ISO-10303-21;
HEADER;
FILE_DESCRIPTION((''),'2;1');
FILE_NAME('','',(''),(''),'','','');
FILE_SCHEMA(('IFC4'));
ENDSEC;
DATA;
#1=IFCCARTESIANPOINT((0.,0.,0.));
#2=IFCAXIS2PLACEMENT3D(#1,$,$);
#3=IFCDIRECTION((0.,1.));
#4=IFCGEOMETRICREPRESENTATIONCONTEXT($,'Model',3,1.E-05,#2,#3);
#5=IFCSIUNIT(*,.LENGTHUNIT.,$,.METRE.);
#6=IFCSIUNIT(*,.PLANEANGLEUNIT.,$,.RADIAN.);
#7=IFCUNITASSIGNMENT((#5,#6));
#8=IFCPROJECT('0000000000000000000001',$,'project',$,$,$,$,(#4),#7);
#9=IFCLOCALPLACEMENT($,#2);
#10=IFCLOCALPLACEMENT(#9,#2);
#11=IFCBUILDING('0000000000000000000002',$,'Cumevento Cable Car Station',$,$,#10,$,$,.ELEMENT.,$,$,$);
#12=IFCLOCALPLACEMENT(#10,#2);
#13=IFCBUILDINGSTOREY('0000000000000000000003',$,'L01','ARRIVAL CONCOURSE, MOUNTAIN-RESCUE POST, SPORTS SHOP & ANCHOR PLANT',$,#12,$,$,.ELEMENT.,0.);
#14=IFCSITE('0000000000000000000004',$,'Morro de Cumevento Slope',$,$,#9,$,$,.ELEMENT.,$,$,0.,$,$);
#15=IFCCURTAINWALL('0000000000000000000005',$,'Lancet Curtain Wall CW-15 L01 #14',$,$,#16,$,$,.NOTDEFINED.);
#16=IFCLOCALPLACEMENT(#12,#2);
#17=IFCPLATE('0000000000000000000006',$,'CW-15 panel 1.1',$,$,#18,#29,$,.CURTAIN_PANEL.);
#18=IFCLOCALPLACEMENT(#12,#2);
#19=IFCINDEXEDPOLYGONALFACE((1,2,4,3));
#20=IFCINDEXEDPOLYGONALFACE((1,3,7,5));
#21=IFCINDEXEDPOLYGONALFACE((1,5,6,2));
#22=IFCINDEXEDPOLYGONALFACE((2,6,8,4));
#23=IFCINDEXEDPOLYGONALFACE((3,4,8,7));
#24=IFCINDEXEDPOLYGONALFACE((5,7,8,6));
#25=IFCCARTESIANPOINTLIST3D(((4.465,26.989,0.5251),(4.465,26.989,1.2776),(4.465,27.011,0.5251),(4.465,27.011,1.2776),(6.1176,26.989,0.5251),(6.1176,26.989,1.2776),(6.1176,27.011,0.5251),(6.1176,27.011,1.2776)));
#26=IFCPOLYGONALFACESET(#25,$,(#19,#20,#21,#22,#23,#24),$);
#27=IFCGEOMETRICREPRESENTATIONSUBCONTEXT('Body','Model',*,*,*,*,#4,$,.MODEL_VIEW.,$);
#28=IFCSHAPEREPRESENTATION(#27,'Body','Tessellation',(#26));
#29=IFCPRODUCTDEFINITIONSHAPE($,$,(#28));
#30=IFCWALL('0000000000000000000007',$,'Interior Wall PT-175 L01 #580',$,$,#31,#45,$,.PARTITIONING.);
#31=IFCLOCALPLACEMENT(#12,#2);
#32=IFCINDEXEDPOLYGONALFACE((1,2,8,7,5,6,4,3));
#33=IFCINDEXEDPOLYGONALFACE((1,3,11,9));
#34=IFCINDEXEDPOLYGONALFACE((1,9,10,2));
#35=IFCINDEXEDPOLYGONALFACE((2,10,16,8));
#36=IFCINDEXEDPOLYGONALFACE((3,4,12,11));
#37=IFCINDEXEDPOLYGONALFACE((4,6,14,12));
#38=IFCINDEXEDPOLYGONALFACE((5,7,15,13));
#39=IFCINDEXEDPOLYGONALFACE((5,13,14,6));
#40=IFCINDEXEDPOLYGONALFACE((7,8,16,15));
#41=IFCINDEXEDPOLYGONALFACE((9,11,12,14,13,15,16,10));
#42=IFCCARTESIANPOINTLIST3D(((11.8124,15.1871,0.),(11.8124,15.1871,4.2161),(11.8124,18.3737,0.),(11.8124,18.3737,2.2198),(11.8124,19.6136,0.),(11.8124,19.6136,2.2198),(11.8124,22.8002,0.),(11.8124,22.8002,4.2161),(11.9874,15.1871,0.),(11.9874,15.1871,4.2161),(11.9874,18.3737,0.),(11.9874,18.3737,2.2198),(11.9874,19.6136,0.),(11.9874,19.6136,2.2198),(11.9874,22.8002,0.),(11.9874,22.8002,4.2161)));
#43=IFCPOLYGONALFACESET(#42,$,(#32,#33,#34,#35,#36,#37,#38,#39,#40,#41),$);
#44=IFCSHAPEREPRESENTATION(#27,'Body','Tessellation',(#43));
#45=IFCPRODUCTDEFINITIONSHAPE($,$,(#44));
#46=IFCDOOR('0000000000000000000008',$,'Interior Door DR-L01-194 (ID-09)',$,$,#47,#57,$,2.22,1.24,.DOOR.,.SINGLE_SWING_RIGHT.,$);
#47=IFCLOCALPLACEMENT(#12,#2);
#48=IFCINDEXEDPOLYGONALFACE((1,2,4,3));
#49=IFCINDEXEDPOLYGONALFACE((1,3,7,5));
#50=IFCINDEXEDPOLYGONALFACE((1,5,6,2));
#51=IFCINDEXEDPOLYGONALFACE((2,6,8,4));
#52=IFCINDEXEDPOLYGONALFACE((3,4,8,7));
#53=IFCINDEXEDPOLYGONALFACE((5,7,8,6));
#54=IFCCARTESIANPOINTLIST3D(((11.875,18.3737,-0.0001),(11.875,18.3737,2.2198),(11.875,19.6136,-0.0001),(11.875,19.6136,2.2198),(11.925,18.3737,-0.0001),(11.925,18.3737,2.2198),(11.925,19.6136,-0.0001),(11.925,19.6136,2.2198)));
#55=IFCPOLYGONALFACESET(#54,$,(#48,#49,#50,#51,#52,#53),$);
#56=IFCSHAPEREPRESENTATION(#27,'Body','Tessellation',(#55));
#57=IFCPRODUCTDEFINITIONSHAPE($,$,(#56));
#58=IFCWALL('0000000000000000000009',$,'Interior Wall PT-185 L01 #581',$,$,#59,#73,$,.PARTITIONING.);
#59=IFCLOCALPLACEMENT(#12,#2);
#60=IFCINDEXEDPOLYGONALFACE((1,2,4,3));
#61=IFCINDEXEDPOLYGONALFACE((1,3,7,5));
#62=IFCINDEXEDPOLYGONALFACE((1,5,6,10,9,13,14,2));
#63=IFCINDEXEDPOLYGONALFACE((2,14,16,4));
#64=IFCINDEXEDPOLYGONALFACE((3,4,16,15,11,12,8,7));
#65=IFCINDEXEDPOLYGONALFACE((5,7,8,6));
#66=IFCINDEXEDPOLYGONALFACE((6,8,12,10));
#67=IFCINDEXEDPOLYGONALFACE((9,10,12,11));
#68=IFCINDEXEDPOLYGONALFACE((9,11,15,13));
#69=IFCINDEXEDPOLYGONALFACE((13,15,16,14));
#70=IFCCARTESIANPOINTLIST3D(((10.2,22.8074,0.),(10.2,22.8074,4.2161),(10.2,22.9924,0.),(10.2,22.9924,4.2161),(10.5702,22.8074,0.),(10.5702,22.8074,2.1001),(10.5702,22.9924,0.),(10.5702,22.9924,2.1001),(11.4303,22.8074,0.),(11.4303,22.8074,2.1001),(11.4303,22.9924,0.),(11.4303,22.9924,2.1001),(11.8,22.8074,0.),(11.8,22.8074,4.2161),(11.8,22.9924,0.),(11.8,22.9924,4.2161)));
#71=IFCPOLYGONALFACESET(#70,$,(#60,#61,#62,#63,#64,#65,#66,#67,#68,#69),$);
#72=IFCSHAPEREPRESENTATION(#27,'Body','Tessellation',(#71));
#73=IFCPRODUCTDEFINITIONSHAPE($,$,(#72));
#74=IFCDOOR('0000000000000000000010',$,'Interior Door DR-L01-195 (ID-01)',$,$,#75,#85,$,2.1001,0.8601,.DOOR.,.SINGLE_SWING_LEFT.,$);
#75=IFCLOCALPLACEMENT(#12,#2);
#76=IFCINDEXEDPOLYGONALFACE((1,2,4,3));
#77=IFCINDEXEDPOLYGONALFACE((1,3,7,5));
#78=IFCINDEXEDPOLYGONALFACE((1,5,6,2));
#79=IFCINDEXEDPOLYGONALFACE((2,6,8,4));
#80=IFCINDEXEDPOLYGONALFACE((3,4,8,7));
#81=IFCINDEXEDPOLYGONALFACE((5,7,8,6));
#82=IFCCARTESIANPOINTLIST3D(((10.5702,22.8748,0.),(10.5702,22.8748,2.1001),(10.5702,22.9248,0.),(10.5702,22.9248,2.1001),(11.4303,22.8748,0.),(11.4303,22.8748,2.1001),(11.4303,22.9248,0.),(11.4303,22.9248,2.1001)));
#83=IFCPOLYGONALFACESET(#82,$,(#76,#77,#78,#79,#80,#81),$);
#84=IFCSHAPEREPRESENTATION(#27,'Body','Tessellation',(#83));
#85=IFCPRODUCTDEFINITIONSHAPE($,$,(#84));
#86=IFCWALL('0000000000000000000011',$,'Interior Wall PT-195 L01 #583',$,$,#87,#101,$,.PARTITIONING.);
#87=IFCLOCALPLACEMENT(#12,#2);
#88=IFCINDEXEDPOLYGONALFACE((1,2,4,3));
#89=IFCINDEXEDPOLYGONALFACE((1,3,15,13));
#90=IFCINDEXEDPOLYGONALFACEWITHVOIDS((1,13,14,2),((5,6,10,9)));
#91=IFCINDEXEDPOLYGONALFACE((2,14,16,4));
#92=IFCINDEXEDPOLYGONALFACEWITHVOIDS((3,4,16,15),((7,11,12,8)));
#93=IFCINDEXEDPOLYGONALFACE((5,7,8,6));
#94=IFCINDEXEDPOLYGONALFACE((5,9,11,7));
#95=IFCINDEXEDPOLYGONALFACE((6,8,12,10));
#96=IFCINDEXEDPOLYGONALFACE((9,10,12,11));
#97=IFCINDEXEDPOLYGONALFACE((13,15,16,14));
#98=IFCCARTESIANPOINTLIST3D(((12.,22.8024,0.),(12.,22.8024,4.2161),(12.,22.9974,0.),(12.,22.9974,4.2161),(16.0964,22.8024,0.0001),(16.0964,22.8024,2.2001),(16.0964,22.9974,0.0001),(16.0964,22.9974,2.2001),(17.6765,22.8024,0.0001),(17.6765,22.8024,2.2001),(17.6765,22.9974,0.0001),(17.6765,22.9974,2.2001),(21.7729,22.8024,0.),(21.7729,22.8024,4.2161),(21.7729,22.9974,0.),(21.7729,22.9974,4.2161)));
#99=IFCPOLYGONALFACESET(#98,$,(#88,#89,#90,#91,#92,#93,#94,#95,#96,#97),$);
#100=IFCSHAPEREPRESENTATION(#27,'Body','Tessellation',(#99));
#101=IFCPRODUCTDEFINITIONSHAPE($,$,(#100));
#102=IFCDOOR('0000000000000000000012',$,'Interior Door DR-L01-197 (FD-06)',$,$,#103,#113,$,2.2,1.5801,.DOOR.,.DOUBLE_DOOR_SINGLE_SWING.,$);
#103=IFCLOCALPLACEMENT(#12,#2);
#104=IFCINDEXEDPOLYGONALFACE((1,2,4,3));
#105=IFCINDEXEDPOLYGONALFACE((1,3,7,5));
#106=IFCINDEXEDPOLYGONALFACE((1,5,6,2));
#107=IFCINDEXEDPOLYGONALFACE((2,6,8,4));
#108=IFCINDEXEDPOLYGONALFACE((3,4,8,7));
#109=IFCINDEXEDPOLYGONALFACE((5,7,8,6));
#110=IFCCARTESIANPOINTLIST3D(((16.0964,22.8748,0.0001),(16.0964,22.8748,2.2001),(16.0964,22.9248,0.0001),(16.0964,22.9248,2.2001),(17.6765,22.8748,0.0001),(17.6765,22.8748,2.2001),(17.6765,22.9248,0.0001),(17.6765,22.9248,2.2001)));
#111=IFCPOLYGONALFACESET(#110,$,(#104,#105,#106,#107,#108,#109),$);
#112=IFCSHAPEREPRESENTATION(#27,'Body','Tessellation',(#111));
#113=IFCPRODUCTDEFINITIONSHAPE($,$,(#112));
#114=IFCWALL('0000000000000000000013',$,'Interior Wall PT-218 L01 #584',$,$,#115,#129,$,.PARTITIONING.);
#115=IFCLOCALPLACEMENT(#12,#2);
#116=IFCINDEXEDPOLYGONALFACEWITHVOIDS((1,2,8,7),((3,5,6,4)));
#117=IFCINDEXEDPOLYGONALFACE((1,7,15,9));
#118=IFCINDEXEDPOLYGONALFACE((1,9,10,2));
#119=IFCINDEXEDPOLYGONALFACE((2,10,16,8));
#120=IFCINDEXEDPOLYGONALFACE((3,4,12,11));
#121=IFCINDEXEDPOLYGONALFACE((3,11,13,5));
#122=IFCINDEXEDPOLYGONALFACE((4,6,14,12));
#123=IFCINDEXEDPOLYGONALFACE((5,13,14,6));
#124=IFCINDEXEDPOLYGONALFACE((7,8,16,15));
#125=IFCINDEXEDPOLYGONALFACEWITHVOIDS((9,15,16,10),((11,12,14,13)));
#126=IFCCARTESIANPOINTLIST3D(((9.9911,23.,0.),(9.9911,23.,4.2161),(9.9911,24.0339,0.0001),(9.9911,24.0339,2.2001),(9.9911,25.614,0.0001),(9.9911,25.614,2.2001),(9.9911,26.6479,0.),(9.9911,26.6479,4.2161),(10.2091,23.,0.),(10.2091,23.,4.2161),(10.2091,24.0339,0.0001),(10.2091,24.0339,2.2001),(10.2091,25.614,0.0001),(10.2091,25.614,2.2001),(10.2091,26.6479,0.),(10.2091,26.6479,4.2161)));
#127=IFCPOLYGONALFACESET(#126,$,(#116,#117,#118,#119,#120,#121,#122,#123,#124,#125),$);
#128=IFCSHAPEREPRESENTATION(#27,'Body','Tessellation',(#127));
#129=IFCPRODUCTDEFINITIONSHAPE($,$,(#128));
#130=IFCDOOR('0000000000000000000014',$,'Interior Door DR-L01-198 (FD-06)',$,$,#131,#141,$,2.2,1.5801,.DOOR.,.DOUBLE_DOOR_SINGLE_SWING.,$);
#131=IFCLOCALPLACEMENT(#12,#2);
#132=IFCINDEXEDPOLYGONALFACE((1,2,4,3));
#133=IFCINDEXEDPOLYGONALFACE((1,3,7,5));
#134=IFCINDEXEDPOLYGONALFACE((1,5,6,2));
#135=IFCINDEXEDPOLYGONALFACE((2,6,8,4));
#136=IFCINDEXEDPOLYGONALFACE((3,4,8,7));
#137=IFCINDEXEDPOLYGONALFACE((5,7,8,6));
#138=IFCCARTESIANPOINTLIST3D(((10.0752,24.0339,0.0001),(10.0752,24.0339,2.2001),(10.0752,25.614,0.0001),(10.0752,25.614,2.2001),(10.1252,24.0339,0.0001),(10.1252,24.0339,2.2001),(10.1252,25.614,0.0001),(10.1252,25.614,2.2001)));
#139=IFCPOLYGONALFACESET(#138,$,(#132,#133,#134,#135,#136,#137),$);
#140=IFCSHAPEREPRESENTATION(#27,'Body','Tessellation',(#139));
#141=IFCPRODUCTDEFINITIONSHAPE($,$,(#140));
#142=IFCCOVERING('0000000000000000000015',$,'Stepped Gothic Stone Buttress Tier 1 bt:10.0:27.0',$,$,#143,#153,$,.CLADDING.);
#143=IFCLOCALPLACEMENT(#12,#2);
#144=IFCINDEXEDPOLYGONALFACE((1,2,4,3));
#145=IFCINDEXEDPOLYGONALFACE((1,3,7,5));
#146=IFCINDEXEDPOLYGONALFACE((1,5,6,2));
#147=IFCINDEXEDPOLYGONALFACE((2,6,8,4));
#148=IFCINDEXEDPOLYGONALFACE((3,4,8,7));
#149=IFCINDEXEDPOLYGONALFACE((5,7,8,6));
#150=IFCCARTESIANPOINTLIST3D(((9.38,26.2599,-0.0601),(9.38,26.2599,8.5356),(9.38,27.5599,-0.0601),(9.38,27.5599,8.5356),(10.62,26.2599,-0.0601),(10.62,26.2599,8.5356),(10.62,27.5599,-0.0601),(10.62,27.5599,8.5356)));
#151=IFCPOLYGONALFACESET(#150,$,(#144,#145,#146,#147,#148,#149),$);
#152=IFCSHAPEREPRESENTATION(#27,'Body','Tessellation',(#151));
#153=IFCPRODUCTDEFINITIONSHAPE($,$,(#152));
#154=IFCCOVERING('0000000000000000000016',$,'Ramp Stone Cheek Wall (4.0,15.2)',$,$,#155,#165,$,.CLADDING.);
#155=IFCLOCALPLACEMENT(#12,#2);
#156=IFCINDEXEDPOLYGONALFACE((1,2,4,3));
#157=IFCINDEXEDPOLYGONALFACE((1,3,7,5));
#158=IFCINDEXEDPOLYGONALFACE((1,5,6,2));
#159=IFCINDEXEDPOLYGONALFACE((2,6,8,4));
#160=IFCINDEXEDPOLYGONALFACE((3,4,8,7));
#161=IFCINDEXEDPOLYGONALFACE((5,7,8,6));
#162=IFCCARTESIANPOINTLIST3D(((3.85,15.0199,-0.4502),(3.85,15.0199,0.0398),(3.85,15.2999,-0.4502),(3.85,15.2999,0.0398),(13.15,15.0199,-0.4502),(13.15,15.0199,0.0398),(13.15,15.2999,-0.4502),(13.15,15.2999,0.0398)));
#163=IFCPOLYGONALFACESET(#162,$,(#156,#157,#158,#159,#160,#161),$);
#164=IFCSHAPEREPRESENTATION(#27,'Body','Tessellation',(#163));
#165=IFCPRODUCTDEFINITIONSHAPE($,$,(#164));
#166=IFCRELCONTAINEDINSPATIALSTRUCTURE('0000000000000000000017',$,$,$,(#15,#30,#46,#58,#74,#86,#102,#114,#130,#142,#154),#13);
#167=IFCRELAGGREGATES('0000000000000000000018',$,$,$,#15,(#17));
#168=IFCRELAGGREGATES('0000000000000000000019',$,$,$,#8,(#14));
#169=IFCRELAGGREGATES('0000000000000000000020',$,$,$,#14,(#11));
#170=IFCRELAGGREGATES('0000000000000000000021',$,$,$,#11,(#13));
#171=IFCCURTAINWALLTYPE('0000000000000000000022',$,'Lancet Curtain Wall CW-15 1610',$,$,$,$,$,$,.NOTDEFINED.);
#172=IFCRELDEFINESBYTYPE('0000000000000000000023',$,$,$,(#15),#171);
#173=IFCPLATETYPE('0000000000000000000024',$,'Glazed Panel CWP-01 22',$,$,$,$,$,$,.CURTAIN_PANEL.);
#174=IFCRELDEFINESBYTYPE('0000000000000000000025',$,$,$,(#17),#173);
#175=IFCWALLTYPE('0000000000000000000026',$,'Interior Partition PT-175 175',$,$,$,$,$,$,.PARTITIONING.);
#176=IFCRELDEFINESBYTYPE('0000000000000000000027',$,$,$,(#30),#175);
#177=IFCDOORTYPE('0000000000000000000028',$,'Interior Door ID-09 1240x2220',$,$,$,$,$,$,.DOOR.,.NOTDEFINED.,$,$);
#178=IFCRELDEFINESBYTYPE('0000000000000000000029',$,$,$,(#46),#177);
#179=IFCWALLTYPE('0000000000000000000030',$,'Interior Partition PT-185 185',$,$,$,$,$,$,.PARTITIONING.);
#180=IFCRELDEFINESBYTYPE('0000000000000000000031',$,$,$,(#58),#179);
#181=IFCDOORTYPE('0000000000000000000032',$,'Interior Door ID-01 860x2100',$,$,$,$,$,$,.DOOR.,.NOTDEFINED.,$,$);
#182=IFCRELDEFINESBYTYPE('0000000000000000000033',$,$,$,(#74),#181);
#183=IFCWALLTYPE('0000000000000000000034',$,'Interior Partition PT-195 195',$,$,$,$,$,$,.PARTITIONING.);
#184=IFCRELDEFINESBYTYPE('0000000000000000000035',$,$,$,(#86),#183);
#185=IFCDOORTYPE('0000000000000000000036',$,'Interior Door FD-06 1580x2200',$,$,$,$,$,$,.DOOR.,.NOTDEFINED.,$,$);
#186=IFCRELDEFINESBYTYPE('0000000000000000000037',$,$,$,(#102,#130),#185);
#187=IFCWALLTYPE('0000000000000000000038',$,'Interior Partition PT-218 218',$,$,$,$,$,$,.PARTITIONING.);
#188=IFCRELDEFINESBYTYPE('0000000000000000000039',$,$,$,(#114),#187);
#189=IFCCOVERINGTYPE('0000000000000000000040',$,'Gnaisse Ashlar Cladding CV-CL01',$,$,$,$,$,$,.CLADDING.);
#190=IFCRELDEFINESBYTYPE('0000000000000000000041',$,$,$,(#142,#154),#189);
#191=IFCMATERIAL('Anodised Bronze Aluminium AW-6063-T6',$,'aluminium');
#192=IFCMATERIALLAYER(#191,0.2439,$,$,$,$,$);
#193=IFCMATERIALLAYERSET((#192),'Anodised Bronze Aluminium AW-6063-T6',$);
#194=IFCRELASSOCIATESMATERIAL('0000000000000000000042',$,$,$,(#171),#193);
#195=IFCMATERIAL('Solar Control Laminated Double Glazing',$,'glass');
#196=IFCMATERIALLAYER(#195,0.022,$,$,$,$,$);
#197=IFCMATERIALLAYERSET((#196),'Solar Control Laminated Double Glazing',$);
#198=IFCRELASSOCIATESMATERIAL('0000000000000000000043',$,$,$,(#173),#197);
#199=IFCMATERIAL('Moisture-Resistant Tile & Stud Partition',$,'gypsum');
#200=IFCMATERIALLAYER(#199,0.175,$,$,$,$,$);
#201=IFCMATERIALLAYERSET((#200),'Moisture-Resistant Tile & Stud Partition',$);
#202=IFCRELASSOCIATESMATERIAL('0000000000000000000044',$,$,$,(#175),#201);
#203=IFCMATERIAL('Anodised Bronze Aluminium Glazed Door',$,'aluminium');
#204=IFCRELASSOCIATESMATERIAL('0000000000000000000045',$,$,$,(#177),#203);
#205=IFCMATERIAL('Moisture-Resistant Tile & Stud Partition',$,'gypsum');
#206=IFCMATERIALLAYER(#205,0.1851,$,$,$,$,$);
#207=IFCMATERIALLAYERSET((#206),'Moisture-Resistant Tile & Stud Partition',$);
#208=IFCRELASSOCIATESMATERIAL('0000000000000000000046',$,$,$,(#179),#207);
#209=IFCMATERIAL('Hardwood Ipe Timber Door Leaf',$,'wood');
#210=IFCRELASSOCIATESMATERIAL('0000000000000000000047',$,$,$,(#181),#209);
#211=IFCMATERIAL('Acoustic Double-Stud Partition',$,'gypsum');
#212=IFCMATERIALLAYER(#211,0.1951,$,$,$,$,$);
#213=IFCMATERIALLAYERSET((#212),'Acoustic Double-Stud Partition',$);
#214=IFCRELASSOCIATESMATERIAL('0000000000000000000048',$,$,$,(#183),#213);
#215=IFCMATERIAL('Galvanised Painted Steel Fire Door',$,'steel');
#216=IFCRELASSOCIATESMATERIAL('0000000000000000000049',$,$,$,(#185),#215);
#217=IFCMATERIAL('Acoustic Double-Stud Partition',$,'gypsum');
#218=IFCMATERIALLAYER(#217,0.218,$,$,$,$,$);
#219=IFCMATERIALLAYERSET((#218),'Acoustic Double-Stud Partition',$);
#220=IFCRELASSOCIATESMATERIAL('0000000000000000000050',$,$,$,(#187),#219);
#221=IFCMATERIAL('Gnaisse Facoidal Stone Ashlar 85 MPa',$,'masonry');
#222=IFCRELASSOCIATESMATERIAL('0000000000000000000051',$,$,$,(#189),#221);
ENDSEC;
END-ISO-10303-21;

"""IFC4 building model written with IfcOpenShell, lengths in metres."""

from ifc_helpers import new_model, si_unit, direction, frame, frame_2d, origin, origin_2d, place, context, subcontext, project, spatial, rectangle, extrude, material, layer, layer_set, type_object, element, fill, aggregate, save


model = new_model("IFC4")

# Units and contexts
model_context = context("Model", 3, precision=1e-05, world=origin(), true_north=direction((0.0, 1.0)))
body_context = subcontext(model_context, "Body", "Model", "MODEL_VIEW")
ifc_project = project(units=[si_unit("LENGTHUNIT", "METRE"), si_unit("PLANEANGLEUNIT", "RADIAN")], contexts=[model_context])

# Site, building, storey
site_placement = place(None, origin())
site = spatial("IfcSite", under=ifc_project, at=site_placement, Name="Morro de Cumevento Slope", CompositionType="ELEMENT", RefElevation=0.0)
building_placement = place(site_placement, origin())
building = spatial("IfcBuilding", under=site, at=building_placement, Name="Cumevento Cable Car Station", CompositionType="ELEMENT")
storey_placement = place(building_placement, origin())
storey = spatial("IfcBuildingStorey", under=building, at=storey_placement, Name="L01", Description="ARRIVAL CONCOURSE, MOUNTAIN-RESCUE POST, SPORTS SHOP & ANCHOR PLANT", CompositionType="ELEMENT", Elevation=0.0)

# Curtain wall, plate
ifc_material_1 = material(Name="Anodised Bronze Aluminium AW-6063-T6", Category="aluminium")
ifc_layer_1 = layer(ifc_material_1, 0.2439)
ifc_layer_set_1 = layer_set([ifc_layer_1], Name="Anodised Bronze Aluminium AW-6063-T6")
curtain_wall_type = type_object("IfcCurtainWallType", Name="Lancet Curtain Wall CW-15 1610", PredefinedType="NOTDEFINED", material=ifc_layer_set_1)
curtain_wall_placement = place(storey_placement, origin())
curtain_wall = element("IfcCurtainWall", 1, at=curtain_wall_placement, inside=storey, type_object=curtain_wall_type, Name="Lancet Curtain Wall CW-15 L01 #14", PredefinedType="NOTDEFINED")
ifc_material_2 = material(Name="Solar Control Laminated Double Glazing", Category="glass")
ifc_layer_2 = layer(ifc_material_2, 0.022)
ifc_layer_set_2 = layer_set([ifc_layer_2], Name="Solar Control Laminated Double Glazing")
plate_type = type_object("IfcPlateType", Name="Glazed Panel CWP-01 22", PredefinedType="CURTAIN_PANEL", material=ifc_layer_set_2)
plate_placement = place(storey_placement, frame((5.2913, 27.0, 0.5251), z_axis=(0.0, 0.0, 1.0), x_axis=(1.0, 0.0, 0.0)))
plate = element("IfcPlate", 2, at=plate_placement, type_object=plate_type, Name="CW-15 panel 1.1", PredefinedType="CURTAIN_PANEL", context=body_context, shape_type="SweptSolid", body=[
    extrude(rectangle(XDim=1.6526, YDim=0.022, at=origin_2d()), origin(), (0.0, 0.0, 1.0), 0.7524),
])
aggregate(curtain_wall, [plate])

# Walls, openings, doors
ifc_material_3 = material(Name="Moisture-Resistant Tile & Stud Partition", Category="gypsum")
ifc_layer_3 = layer(ifc_material_3, 0.175)
ifc_layer_set_3 = layer_set([ifc_layer_3], Name="Moisture-Resistant Tile & Stud Partition")
wall_type_1 = type_object("IfcWallType", Name="Interior Partition PT-175 175", PredefinedType="PARTITIONING", material=ifc_layer_set_3)
wall_1_placement = place(storey_placement, frame((11.8999, 15.187, 0.0), z_axis=(0.0, 0.0, 1.0), x_axis=(0.0, 1.0, 0.0)))
wall_1 = element("IfcWall", 3, at=wall_1_placement, inside=storey, type_object=wall_type_1, Name="Interior Wall PT-175 L01 #580", PredefinedType="PARTITIONING", context=body_context, shape_type="SweptSolid", body=[
    extrude(rectangle(XDim=7.613, YDim=0.175, at=frame_2d((3.8066, 0.0))), origin(), (0.0, 0.0, 1.0), 4.2161),
])
opening_1_placement = place(wall_1_placement, frame((3.1865, 0.0, 0.0)))
opening_1 = element("IfcOpeningElement", 4, at=opening_1_placement, cuts=wall_1, PredefinedType="OPENING", context=body_context, shape_type="SweptSolid", body=[
    extrude(rectangle(XDim=1.24, YDim=2.22, at=frame_2d((0.6201, 1.1099))), frame((0.0, 0.0974, 0.0), z_axis=(0.0, -1.0, 0.0), x_axis=(1.0, 0.0, 0.0)), (0.0, 0.0, 1.0), 0.1951),
])
ifc_material_4 = material(Name="Anodised Bronze Aluminium Glazed Door", Category="aluminium")
door_type_1 = type_object("IfcDoorType", Name="Interior Door ID-09 1240x2220", OperationType="NOTDEFINED", PredefinedType="DOOR", material=ifc_material_4)
door_1_placement = place(opening_1_placement, origin())
door_1 = element("IfcDoor", 5, at=door_1_placement, inside=storey, type_object=door_type_1, Name="Interior Door DR-L01-194 (ID-09)", OperationType="SINGLE_SWING_RIGHT", OverallHeight=2.22, OverallWidth=1.24, PredefinedType="DOOR", context=body_context, shape_type="SweptSolid", body=[
    extrude(rectangle(XDim=1.24, YDim=2.22, at=frame_2d((0.6201, 1.1099))), frame((0.0, 0.0249, 0.0), z_axis=(0.0, -1.0, 0.0), x_axis=(1.0, 0.0, 0.0)), (0.0, 0.0, 1.0), 0.05),
])
fill(opening_1, door_1)
ifc_material_5 = material(Name="Moisture-Resistant Tile & Stud Partition", Category="gypsum")
ifc_layer_4 = layer(ifc_material_5, 0.1851)
ifc_layer_set_4 = layer_set([ifc_layer_4], Name="Moisture-Resistant Tile & Stud Partition")
wall_type_2 = type_object("IfcWallType", Name="Interior Partition PT-185 185", PredefinedType="PARTITIONING", material=ifc_layer_set_4)
wall_2_placement = place(storey_placement, frame((10.2, 22.8999, 0.0), z_axis=(0.0, 0.0, 1.0), x_axis=(1.0, 0.0, 0.0)))
wall_2 = element("IfcWall", 6, at=wall_2_placement, inside=storey, type_object=wall_type_2, Name="Interior Wall PT-185 L01 #581", PredefinedType="PARTITIONING", context=body_context, shape_type="SweptSolid", body=[
    extrude(rectangle(XDim=1.6001, YDim=0.1851, at=frame_2d((0.8, 0.0))), origin(), (0.0, 0.0, 1.0), 4.2161),
])
opening_2_placement = place(wall_2_placement, frame((0.3701, 0.0, 0.0)))
opening_2 = element("IfcOpeningElement", 7, at=opening_2_placement, cuts=wall_2, PredefinedType="OPENING", context=body_context, shape_type="SweptSolid", body=[
    extrude(rectangle(XDim=0.8601, YDim=2.1001, at=frame_2d((0.4302, 1.05))), frame((0.0, 0.1025, 0.0), z_axis=(0.0, -1.0, 0.0), x_axis=(1.0, 0.0, 0.0)), (0.0, 0.0, 1.0), 0.2051),
])
ifc_material_6 = material(Name="Hardwood Ipe Timber Door Leaf", Category="wood")
door_type_2 = type_object("IfcDoorType", Name="Interior Door ID-01 860x2100", OperationType="NOTDEFINED", PredefinedType="DOOR", material=ifc_material_6)
door_2_placement = place(opening_2_placement, origin())
door_2 = element("IfcDoor", 8, at=door_2_placement, inside=storey, type_object=door_type_2, Name="Interior Door DR-L01-195 (ID-01)", OperationType="SINGLE_SWING_LEFT", OverallHeight=2.1001, OverallWidth=0.8601, PredefinedType="DOOR", context=body_context, shape_type="SweptSolid", body=[
    extrude(rectangle(XDim=0.8601, YDim=2.1001, at=frame_2d((0.4302, 1.05))), frame((0.0, 0.0249, 0.0), z_axis=(0.0, -1.0, 0.0), x_axis=(1.0, 0.0, 0.0)), (0.0, 0.0, 1.0), 0.05),
])
fill(opening_2, door_2)
ifc_material_7 = material(Name="Acoustic Double-Stud Partition", Category="gypsum")
ifc_layer_5 = layer(ifc_material_7, 0.1951)
ifc_layer_set_5 = layer_set([ifc_layer_5], Name="Acoustic Double-Stud Partition")
wall_type_3 = type_object("IfcWallType", Name="Interior Partition PT-195 195", PredefinedType="PARTITIONING", material=ifc_layer_set_5)
wall_3_placement = place(storey_placement, frame((12.0, 22.8999, 0.0), z_axis=(0.0, 0.0, 1.0), x_axis=(1.0, 0.0, 0.0)))
wall_3 = element("IfcWall", 9, at=wall_3_placement, inside=storey, type_object=wall_type_3, Name="Interior Wall PT-195 L01 #583", PredefinedType="PARTITIONING", context=body_context, shape_type="SweptSolid", body=[
    extrude(rectangle(XDim=9.7729, YDim=0.1951, at=frame_2d((4.8865, 0.0))), origin(), (0.0, 0.0, 1.0), 4.2161),
])
opening_3_placement = place(wall_3_placement, frame((4.0964, 0.0, 0.0)))
opening_3 = element("IfcOpeningElement", 10, at=opening_3_placement, cuts=wall_3, PredefinedType="OPENING", context=body_context, shape_type="SweptSolid", body=[
    extrude(rectangle(XDim=1.5801, YDim=2.2, at=frame_2d((0.79, 1.1001))), frame((0.0, 0.1077, 0.0), z_axis=(0.0, -1.0, 0.0), x_axis=(1.0, 0.0, 0.0)), (0.0, 0.0, 1.0), 0.2151),
])
ifc_material_8 = material(Name="Galvanised Painted Steel Fire Door", Category="steel")
door_type_3 = type_object("IfcDoorType", Name="Interior Door FD-06 1580x2200", OperationType="NOTDEFINED", PredefinedType="DOOR", material=ifc_material_8)
door_3_placement = place(opening_3_placement, origin())
door_3 = element("IfcDoor", 11, at=door_3_placement, inside=storey, type_object=door_type_3, Name="Interior Door DR-L01-197 (FD-06)", OperationType="DOUBLE_DOOR_SINGLE_SWING", OverallHeight=2.2, OverallWidth=1.5801, PredefinedType="DOOR", context=body_context, shape_type="SweptSolid", body=[
    extrude(rectangle(XDim=1.5801, YDim=2.2, at=frame_2d((0.79, 1.1001))), frame((0.0, 0.0249, 0.0), z_axis=(0.0, -1.0, 0.0), x_axis=(1.0, 0.0, 0.0)), (0.0, 0.0, 1.0), 0.05),
])
fill(opening_3, door_3)
ifc_material_9 = material(Name="Acoustic Double-Stud Partition", Category="gypsum")
ifc_layer_6 = layer(ifc_material_9, 0.218)
ifc_layer_set_6 = layer_set([ifc_layer_6], Name="Acoustic Double-Stud Partition")
wall_type_4 = type_object("IfcWallType", Name="Interior Partition PT-218 218", PredefinedType="PARTITIONING", material=ifc_layer_set_6)
wall_4_placement = place(storey_placement, frame((10.1001, 23.0, 0.0), z_axis=(0.0, 0.0, 1.0), x_axis=(0.0, 1.0, 0.0)))
wall_4 = element("IfcWall", 12, at=wall_4_placement, inside=storey, type_object=wall_type_4, Name="Interior Wall PT-218 L01 #584", PredefinedType="PARTITIONING", context=body_context, shape_type="SweptSolid", body=[
    extrude(rectangle(XDim=3.6479, YDim=0.218, at=frame_2d((1.824, 0.0))), origin(), (0.0, 0.0, 1.0), 4.2161),
])
opening_4_placement = place(wall_4_placement, frame((1.0339, 0.0, 0.0)))
opening_4 = element("IfcOpeningElement", 13, at=opening_4_placement, cuts=wall_4, PredefinedType="OPENING", context=body_context, shape_type="SweptSolid", body=[
    extrude(rectangle(XDim=1.5801, YDim=2.2, at=frame_2d((0.79, 1.1001))), frame((0.0, 0.1189, 0.0), z_axis=(0.0, -1.0, 0.0), x_axis=(1.0, 0.0, 0.0)), (0.0, 0.0, 1.0), 0.238),
])
door_4_placement = place(opening_4_placement, origin())
door_4 = element("IfcDoor", 14, at=door_4_placement, inside=storey, type_object=door_type_3, Name="Interior Door DR-L01-198 (FD-06)", OperationType="DOUBLE_DOOR_SINGLE_SWING", OverallHeight=2.2, OverallWidth=1.5801, PredefinedType="DOOR", context=body_context, shape_type="SweptSolid", body=[
    extrude(rectangle(XDim=1.5801, YDim=2.2, at=frame_2d((0.79, 1.1001))), frame((0.0, 0.0249, 0.0), z_axis=(0.0, -1.0, 0.0), x_axis=(1.0, 0.0, 0.0)), (0.0, 0.0, 1.0), 0.05),
])
fill(opening_4, door_4)

# Coverings
ifc_material_10 = material(Name="Gnaisse Facoidal Stone Ashlar 85 MPa", Category="masonry")
covering_type = type_object("IfcCoveringType", Name="Gnaisse Ashlar Cladding CV-CL01", PredefinedType="CLADDING", material=ifc_material_10)
covering_1_placement = place(storey_placement, frame((10.0, 26.9099, -0.0601), z_axis=(0.0, 0.0, 1.0), x_axis=(1.0, 0.0, 0.0)))
element("IfcCovering", 15, at=covering_1_placement, inside=storey, type_object=covering_type, Name="Stepped Gothic Stone Buttress Tier 1 bt:10.0:27.0", PredefinedType="CLADDING", context=body_context, shape_type="SweptSolid", body=[
    extrude(rectangle(XDim=1.24, YDim=1.3, at=origin_2d()), origin(), (0.0, 0.0, 1.0), 8.5957),
])
covering_2_placement = place(storey_placement, frame((8.5, 15.1599, -0.4502), z_axis=(0.0, 0.0, 1.0), x_axis=(1.0, 0.0, 0.0)))
element("IfcCovering", 16, at=covering_2_placement, inside=storey, type_object=covering_type, Name="Ramp Stone Cheek Wall (4.0,15.2)", PredefinedType="CLADDING", context=body_context, shape_type="SweptSolid", body=[
    extrude(rectangle(XDim=9.3, YDim=0.28, at=origin_2d()), origin(), (0.0, 0.0, 1.0), 0.49),
])

save(model, "model.ifc")
